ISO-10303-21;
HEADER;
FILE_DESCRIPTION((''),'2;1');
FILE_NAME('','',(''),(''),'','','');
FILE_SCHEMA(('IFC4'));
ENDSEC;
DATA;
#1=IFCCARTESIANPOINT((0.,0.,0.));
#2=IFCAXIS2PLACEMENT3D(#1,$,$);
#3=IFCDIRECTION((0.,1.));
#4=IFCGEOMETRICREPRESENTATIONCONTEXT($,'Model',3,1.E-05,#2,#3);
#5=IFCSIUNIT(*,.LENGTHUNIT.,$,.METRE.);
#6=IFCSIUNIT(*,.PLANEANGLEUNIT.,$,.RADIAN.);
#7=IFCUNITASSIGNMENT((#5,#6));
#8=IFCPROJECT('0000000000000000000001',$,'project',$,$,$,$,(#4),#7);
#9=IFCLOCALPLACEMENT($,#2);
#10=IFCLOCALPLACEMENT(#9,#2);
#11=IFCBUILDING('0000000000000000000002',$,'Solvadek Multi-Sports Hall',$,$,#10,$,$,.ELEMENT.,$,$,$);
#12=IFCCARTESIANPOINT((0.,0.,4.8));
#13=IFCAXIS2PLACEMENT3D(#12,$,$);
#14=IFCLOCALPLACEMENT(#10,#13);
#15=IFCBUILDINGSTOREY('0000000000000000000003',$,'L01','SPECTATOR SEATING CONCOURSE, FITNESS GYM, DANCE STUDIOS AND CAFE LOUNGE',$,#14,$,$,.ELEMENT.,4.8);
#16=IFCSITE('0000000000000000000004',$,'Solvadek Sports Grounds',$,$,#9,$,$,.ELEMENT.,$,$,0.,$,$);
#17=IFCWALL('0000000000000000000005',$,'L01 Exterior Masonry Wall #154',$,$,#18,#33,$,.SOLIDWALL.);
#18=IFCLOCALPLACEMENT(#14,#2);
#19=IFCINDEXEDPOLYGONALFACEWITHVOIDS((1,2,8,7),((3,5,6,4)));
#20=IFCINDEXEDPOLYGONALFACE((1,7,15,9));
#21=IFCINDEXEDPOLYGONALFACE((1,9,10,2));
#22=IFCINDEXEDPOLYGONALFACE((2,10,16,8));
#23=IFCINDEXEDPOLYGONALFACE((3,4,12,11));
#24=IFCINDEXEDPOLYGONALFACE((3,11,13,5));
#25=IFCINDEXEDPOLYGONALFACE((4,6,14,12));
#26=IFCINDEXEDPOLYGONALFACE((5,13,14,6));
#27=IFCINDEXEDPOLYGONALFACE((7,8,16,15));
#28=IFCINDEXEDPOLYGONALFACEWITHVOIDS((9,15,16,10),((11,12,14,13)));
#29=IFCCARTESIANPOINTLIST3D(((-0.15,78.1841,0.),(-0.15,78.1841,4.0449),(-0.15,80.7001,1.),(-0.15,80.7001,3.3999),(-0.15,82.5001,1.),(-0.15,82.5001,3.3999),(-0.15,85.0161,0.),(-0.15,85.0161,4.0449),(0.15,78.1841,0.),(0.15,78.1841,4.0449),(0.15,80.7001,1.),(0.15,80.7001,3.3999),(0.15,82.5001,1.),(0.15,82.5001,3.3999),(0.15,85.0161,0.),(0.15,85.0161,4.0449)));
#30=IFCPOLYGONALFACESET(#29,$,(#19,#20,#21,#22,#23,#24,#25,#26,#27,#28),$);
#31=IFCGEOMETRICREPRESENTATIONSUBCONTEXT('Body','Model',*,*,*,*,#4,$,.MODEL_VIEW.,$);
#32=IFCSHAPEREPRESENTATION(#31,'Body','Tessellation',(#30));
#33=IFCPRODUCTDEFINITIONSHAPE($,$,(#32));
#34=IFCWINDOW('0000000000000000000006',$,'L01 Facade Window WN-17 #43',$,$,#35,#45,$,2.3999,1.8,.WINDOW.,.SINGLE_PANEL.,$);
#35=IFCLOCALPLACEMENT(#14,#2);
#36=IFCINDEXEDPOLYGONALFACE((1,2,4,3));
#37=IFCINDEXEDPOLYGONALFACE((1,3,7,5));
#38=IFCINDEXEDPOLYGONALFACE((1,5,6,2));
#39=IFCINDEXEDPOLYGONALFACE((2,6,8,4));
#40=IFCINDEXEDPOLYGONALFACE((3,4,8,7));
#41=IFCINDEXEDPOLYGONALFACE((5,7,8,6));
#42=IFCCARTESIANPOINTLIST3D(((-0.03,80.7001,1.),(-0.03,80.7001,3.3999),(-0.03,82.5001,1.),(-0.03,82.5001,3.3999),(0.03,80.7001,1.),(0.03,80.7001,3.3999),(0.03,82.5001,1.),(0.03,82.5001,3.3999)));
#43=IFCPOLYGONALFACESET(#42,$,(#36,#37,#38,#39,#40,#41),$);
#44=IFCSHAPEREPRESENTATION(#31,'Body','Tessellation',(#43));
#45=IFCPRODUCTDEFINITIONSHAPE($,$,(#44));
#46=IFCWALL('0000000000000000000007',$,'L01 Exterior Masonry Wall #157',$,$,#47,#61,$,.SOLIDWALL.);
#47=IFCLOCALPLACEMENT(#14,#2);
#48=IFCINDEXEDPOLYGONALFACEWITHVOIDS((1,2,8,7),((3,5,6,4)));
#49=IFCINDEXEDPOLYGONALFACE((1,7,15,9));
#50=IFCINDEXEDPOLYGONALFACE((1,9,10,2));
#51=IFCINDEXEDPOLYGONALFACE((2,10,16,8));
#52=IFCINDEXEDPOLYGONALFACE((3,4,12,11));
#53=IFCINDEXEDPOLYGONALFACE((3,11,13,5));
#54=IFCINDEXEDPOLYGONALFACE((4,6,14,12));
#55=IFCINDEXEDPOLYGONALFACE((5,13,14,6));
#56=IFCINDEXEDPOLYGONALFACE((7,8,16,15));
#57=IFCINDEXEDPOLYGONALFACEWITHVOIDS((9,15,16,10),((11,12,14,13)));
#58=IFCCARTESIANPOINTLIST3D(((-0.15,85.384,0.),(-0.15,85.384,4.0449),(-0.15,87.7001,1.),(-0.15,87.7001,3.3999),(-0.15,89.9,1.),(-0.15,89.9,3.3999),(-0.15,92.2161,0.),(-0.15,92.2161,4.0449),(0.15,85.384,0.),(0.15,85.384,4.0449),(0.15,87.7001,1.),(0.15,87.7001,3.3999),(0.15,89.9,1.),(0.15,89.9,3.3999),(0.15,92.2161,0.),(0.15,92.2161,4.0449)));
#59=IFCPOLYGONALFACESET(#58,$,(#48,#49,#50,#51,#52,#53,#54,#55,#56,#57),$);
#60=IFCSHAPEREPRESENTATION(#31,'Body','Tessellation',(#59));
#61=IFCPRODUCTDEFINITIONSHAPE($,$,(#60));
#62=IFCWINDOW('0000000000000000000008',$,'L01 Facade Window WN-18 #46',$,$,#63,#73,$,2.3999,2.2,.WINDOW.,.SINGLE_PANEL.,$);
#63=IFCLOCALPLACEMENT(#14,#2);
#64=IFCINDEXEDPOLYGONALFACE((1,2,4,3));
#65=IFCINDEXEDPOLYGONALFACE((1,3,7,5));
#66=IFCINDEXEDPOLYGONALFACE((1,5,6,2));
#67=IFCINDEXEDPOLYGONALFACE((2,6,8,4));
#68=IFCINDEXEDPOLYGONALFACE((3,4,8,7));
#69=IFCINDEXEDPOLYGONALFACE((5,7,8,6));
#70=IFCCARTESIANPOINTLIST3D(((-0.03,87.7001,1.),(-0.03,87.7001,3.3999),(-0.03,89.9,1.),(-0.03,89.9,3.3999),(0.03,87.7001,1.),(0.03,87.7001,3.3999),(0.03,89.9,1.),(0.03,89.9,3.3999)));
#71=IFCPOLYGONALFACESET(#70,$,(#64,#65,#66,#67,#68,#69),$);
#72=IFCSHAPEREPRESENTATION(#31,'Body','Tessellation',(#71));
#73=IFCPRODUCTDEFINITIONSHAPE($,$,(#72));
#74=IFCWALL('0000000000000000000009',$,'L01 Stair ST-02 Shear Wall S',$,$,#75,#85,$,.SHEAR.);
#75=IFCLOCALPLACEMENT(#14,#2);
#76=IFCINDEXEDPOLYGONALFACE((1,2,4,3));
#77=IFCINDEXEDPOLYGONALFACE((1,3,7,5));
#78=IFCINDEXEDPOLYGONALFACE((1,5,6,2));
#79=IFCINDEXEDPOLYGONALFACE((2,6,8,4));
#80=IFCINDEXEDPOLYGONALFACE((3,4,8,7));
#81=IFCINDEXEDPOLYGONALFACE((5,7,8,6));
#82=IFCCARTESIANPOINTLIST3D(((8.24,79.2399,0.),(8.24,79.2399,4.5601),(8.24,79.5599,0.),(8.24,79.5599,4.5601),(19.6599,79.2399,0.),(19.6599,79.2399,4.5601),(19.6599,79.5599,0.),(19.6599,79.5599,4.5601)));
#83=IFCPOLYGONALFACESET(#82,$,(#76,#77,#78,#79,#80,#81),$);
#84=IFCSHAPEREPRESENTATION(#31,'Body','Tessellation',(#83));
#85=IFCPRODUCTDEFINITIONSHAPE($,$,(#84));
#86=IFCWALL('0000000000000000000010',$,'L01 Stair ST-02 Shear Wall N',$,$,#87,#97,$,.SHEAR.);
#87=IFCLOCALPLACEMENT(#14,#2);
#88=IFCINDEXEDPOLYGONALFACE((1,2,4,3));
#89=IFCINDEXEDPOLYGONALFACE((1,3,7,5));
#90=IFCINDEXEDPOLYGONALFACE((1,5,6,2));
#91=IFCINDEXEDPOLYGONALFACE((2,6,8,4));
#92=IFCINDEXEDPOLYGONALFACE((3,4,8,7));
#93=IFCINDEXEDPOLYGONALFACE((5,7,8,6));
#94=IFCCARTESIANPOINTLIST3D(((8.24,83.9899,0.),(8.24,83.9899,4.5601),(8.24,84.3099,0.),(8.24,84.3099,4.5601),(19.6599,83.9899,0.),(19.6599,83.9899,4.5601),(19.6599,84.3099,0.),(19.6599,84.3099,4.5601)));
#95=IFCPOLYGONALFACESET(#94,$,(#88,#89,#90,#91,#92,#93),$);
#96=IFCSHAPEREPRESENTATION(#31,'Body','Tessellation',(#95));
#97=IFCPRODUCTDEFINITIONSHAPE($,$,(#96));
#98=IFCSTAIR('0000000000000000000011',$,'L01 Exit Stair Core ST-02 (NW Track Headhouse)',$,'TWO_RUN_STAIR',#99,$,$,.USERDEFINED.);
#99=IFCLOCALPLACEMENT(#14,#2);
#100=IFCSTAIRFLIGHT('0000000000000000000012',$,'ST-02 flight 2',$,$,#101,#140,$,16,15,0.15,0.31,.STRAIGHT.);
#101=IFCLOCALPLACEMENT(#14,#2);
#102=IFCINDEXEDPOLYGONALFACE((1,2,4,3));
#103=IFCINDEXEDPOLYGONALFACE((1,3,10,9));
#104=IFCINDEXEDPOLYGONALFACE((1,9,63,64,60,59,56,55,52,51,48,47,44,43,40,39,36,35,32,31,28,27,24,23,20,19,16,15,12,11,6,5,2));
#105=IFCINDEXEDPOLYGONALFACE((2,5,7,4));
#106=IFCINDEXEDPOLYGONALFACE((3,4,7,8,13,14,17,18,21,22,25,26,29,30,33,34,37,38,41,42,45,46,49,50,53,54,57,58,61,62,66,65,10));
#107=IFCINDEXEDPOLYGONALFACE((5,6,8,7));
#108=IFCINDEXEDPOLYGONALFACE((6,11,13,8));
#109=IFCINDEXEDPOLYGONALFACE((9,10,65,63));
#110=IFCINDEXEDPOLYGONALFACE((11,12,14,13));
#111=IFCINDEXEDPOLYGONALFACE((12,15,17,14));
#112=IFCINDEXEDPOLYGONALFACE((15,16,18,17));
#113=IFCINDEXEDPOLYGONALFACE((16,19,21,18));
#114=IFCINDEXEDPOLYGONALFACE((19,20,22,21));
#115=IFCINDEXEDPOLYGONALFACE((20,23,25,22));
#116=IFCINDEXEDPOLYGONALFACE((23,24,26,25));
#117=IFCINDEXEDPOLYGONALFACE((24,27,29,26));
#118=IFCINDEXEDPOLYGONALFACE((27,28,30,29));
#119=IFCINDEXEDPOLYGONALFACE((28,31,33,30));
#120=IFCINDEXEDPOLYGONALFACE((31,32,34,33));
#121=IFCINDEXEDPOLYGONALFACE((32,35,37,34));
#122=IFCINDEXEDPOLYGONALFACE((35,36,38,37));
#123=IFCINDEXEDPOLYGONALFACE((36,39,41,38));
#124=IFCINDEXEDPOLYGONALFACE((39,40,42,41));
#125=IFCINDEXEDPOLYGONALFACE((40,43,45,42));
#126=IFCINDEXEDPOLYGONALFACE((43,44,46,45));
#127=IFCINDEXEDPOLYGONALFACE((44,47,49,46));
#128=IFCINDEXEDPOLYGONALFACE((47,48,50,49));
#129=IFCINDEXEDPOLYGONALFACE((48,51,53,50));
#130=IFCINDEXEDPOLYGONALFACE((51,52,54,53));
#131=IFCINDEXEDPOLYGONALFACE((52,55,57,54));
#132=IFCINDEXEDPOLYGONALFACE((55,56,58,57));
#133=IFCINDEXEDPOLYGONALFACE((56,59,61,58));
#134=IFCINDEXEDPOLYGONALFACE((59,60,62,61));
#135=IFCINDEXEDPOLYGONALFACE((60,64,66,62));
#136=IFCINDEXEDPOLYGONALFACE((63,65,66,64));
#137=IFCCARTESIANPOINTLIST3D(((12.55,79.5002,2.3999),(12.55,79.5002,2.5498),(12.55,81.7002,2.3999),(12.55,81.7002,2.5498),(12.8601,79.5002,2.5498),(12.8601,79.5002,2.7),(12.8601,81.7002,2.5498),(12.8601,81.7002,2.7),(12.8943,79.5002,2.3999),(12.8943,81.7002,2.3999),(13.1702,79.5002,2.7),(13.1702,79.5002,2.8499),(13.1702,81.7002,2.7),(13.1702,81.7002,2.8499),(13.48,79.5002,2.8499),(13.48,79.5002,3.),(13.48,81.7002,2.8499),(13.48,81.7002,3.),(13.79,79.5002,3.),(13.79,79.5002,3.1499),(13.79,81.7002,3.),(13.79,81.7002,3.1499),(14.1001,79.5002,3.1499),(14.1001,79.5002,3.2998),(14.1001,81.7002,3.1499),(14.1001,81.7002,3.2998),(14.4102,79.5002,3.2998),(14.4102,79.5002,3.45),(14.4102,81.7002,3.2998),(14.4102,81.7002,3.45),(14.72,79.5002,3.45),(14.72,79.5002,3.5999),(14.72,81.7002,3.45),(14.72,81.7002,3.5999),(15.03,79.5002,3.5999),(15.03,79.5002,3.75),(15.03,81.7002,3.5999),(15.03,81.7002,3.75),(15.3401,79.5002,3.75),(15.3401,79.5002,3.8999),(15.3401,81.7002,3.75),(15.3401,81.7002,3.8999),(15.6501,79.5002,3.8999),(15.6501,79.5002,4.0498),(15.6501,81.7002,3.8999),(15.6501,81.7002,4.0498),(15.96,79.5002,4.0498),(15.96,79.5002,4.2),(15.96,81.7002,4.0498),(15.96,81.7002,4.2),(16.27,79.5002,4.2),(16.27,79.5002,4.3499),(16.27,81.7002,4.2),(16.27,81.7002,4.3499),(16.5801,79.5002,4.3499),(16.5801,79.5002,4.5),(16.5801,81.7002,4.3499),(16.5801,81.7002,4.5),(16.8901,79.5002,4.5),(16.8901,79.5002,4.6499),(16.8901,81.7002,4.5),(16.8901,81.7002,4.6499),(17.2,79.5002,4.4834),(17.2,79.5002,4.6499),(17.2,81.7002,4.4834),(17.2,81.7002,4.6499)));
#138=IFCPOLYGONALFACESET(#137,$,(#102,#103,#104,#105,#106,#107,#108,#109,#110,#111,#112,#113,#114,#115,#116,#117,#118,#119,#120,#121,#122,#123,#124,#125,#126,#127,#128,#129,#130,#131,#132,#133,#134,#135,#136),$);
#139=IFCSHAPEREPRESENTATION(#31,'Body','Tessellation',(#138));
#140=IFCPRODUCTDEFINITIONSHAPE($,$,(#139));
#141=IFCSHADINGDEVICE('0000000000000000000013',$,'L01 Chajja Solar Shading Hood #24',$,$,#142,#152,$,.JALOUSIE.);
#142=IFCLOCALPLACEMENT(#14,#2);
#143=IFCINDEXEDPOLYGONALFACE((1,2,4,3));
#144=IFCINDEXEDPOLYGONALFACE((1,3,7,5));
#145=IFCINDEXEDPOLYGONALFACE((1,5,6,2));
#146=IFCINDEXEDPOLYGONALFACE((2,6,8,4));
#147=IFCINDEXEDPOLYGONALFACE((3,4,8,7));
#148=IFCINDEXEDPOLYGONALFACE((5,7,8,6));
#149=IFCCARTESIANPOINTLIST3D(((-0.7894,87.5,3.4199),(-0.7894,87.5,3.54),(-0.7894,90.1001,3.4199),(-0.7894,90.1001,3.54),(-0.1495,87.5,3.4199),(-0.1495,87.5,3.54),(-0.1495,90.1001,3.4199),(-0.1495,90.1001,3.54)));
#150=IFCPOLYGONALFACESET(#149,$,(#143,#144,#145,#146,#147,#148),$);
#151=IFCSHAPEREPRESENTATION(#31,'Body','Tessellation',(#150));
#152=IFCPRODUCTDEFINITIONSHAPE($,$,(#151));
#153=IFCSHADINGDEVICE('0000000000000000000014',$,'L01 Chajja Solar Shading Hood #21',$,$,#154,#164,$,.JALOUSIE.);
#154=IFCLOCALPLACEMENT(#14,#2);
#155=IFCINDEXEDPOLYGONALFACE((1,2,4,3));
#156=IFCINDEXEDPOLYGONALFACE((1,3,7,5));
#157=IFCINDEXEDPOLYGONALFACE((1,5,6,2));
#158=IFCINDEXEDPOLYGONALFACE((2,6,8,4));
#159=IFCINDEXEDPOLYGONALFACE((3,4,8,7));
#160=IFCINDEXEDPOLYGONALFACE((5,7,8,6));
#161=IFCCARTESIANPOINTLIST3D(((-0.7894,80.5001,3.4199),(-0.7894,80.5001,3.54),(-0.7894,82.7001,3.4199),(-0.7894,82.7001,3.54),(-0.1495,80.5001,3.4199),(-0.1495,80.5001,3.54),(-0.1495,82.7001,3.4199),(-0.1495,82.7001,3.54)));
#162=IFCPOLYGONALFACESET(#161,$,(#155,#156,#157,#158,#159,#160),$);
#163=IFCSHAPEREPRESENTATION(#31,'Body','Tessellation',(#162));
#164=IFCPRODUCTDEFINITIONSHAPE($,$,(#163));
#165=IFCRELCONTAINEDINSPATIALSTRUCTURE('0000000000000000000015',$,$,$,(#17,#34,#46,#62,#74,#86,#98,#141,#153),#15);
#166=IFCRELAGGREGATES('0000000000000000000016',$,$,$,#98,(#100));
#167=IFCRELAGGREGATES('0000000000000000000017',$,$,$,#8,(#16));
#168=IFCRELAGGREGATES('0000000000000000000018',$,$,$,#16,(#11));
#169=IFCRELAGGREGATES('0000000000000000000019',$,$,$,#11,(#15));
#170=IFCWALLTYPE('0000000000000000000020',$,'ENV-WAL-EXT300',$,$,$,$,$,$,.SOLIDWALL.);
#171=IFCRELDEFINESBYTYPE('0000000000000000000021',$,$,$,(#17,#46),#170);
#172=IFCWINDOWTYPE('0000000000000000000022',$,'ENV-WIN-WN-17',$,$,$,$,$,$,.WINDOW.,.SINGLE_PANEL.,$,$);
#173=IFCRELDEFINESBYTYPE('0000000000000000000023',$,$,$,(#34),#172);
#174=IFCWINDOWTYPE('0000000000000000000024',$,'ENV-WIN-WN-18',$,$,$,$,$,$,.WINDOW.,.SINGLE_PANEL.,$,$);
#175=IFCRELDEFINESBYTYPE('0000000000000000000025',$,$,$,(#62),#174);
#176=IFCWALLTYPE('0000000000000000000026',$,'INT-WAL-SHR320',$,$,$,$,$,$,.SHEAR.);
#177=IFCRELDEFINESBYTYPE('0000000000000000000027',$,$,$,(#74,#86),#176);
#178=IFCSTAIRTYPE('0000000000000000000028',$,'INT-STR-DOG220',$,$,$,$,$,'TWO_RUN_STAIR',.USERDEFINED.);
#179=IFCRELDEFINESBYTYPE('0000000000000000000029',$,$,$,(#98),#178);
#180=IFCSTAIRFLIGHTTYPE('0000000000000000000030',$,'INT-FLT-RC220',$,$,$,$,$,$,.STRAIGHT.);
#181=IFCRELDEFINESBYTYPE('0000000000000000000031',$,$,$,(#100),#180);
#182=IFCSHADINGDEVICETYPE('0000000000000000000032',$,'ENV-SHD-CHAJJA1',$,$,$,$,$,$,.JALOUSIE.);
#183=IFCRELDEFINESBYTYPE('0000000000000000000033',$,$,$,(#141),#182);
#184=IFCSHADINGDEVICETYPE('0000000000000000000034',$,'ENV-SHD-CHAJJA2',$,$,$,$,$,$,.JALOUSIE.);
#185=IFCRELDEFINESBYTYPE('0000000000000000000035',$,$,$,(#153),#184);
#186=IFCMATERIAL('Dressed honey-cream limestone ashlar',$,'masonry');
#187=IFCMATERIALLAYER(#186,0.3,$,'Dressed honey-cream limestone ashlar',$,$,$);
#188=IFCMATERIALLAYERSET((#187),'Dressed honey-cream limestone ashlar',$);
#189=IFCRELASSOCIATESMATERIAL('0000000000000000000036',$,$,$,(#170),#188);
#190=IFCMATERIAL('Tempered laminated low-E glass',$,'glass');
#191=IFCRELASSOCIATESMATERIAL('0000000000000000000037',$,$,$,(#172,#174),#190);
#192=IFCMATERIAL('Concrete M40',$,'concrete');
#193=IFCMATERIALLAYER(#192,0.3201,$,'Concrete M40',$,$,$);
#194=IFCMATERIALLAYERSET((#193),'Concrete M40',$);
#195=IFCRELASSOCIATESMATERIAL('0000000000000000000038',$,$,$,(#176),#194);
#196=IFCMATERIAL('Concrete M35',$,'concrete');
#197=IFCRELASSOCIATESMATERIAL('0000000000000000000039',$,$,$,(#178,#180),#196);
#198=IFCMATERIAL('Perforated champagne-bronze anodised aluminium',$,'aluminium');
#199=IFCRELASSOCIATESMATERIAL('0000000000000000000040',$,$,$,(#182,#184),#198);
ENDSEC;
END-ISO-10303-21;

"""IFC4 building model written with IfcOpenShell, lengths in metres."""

from ifc_helpers import new_model, si_unit, direction, frame, frame_2d, origin, origin_2d, place, context, subcontext, project, spatial, polyline, rectangle, outline, extrude, material, layer, layer_set, type_object, element, fill, aggregate, save


model = new_model("IFC4")

# Units and contexts
model_context = context("Model", 3, precision=1e-05, world=origin(), true_north=direction((0.0, 1.0)))
body_context = subcontext(model_context, "Body", "Model", "MODEL_VIEW")
ifc_project = project(units=[si_unit("LENGTHUNIT", "METRE"), si_unit("PLANEANGLEUNIT", "RADIAN")], contexts=[model_context])

# Site, building, storey
site_placement = place(None, origin())
site = spatial("IfcSite", under=ifc_project, at=site_placement, Name="Solvadek Sports Grounds", CompositionType="ELEMENT", RefElevation=0.0)
building_placement = place(site_placement, origin())
building = spatial("IfcBuilding", under=site, at=building_placement, Name="Solvadek Multi-Sports Hall", CompositionType="ELEMENT")
storey_placement = place(building_placement, frame((0.0, 0.0, 4.8)))
storey = spatial("IfcBuildingStorey", under=building, at=storey_placement, Name="L01", Description="SPECTATOR SEATING CONCOURSE, FITNESS GYM, DANCE STUDIOS AND CAFE LOUNGE", CompositionType="ELEMENT", Elevation=4.8)

# Walls, openings, windows
ifc_material_1 = material(Name="Dressed honey-cream limestone ashlar", Category="masonry")
ifc_layer_1 = layer(ifc_material_1, 0.3, Name="Dressed honey-cream limestone ashlar")
ifc_layer_set_1 = layer_set([ifc_layer_1], Name="Dressed honey-cream limestone ashlar")
wall_type_1 = type_object("IfcWallType", Name="ENV-WAL-EXT300", PredefinedType="SOLIDWALL", material=ifc_layer_set_1)
wall_1_placement = place(storey_placement, frame((0.0, 78.1841, 0.0), z_axis=(0.0, 0.0, 1.0), x_axis=(0.0, 1.0, 0.0)))
wall_1 = element("IfcWall", 1, at=wall_1_placement, inside=storey, type_object=wall_type_1, Name="L01 Exterior Masonry Wall #154", PredefinedType="SOLIDWALL", context=body_context, shape_type="SweptSolid", body=[
    extrude(rectangle(XDim=6.832, YDim=0.3, at=frame_2d((3.416, 0.0))), origin(), (0.0, 0.0, 1.0), 4.0449),
])
opening_1_placement = place(wall_1_placement, frame((2.5161, 0.0, 1.0)))
opening_1 = element("IfcOpeningElement", 2, at=opening_1_placement, cuts=wall_1, PredefinedType="OPENING", context=body_context, shape_type="SweptSolid", body=[
    extrude(rectangle(XDim=1.8, YDim=2.3999, at=frame_2d((0.8999, 1.2))), frame((0.0, 0.1599, 0.0), z_axis=(0.0, -1.0, 0.0), x_axis=(1.0, 0.0, 0.0)), (0.0, 0.0, 1.0), 0.3201),
])
ifc_material_2 = material(Name="Tempered laminated low-E glass", Category="glass")
window_type_1 = type_object("IfcWindowType", Name="ENV-WIN-WN-17", PartitioningType="SINGLE_PANEL", PredefinedType="WINDOW", material=ifc_material_2)
window_1_placement = place(opening_1_placement, origin())
window_1 = element("IfcWindow", 3, at=window_1_placement, inside=storey, type_object=window_type_1, Name="L01 Facade Window WN-17 #43", OverallHeight=2.3999, OverallWidth=1.8, PartitioningType="SINGLE_PANEL", PredefinedType="WINDOW", context=body_context, shape_type="SweptSolid", body=[
    extrude(rectangle(XDim=1.8, YDim=2.3999, at=frame_2d((0.8999, 1.2))), frame((0.0, 0.03, 0.0), z_axis=(0.0, -1.0, 0.0), x_axis=(1.0, 0.0, 0.0)), (0.0, 0.0, 1.0), 0.0601),
])
fill(opening_1, window_1)
wall_2_placement = place(storey_placement, frame((0.0, 85.384, 0.0), z_axis=(0.0, 0.0, 1.0), x_axis=(0.0, 1.0, 0.0)))
wall_2 = element("IfcWall", 4, at=wall_2_placement, inside=storey, type_object=wall_type_1, Name="L01 Exterior Masonry Wall #157", PredefinedType="SOLIDWALL", context=body_context, shape_type="SweptSolid", body=[
    extrude(rectangle(XDim=6.832, YDim=0.3, at=frame_2d((3.416, 0.0))), origin(), (0.0, 0.0, 1.0), 4.0449),
])
opening_2_placement = place(wall_2_placement, frame((2.3159, 0.0, 1.0)))
opening_2 = element("IfcOpeningElement", 5, at=opening_2_placement, cuts=wall_2, PredefinedType="OPENING", context=body_context, shape_type="SweptSolid", body=[
    extrude(rectangle(XDim=2.2, YDim=2.3999, at=frame_2d((1.1001, 1.2))), frame((0.0, 0.1599, 0.0), z_axis=(0.0, -1.0, 0.0), x_axis=(1.0, 0.0, 0.0)), (0.0, 0.0, 1.0), 0.3201),
])
window_type_2 = type_object("IfcWindowType", Name="ENV-WIN-WN-18", PartitioningType="SINGLE_PANEL", PredefinedType="WINDOW", material=ifc_material_2)
window_2_placement = place(opening_2_placement, origin())
window_2 = element("IfcWindow", 6, at=window_2_placement, inside=storey, type_object=window_type_2, Name="L01 Facade Window WN-18 #46", OverallHeight=2.3999, OverallWidth=2.2, PartitioningType="SINGLE_PANEL", PredefinedType="WINDOW", context=body_context, shape_type="SweptSolid", body=[
    extrude(rectangle(XDim=2.2, YDim=2.3999, at=frame_2d((1.1001, 1.2))), frame((0.0, 0.03, 0.0), z_axis=(0.0, -1.0, 0.0), x_axis=(1.0, 0.0, 0.0)), (0.0, 0.0, 1.0), 0.0601),
])
fill(opening_2, window_2)

# Walls
ifc_material_3 = material(Name="Concrete M40", Category="concrete")
ifc_layer_2 = layer(ifc_material_3, 0.3201, Name="Concrete M40")
ifc_layer_set_2 = layer_set([ifc_layer_2], Name="Concrete M40")
wall_type_2 = type_object("IfcWallType", Name="INT-WAL-SHR320", PredefinedType="SHEAR", material=ifc_layer_set_2)
for number, where, z_axis, x_axis, name in (
    (7, (8.24, 79.3999, 0.0), (0.0, 0.0, 1.0), (1.0, 0.0, 0.0), "L01 Stair ST-02 Shear Wall S"),
    (8, (8.24, 84.1499, 0.0), (0.0, 0.0, 1.0), (1.0, 0.0, 0.0), "L01 Stair ST-02 Shear Wall N"),
):
    element("IfcWall", number, at=place(storey_placement, frame(where, z_axis=z_axis, x_axis=x_axis)), inside=storey, type_object=wall_type_2, Name=name, PredefinedType="SHEAR", context=body_context, shape_type="SweptSolid", body=[
        extrude(rectangle(XDim=11.4199, YDim=0.3201, at=frame_2d((5.71, 0.0))), origin(), (0.0, 0.0, 1.0), 4.5601),
    ])

# Stair, stair flight
ifc_material_4 = material(Name="Concrete M35", Category="concrete")
stair_type = type_object("IfcStairType", Name="INT-STR-DOG220", ElementType="TWO_RUN_STAIR", PredefinedType="USERDEFINED", material=ifc_material_4)
stair_placement = place(storey_placement, origin())
stair = element("IfcStair", 9, at=stair_placement, inside=storey, type_object=stair_type, Name="L01 Exit Stair Core ST-02 (NW Track Headhouse)", ObjectType="TWO_RUN_STAIR", PredefinedType="USERDEFINED")
stair_flight_type = type_object("IfcStairFlightType", Name="INT-FLT-RC220", PredefinedType="STRAIGHT", material=ifc_material_4)
stair_flight_placement = place(storey_placement, frame((12.55, 80.6001, 2.3999), z_axis=(0.0, 0.0, 1.0), x_axis=(1.0, 0.0, 0.0)))
stair_flight = element("IfcStairFlight", 10, at=stair_flight_placement, type_object=stair_flight_type, Name="ST-02 flight 2", NumberOfRisers=16, NumberOfTreads=15, PredefinedType="STRAIGHT", RiserHeight=0.15, TreadLength=0.31, context=body_context, shape_type="SweptSolid", body=[
    extrude(outline(polyline([(0.0, 0.0), (0.0, 0.1499), (0.3101, 0.1499), (0.3101, 0.3), (0.6201, 0.3), (0.6201, 0.45), (0.9299, 0.45), (0.9299, 0.6001), (1.24, 0.6001), (1.24, 0.75), (1.55, 0.75), (1.55, 0.8999), (1.8601, 0.8999), (1.8601, 1.05), (2.1699, 1.05), (2.1699, 1.2), (2.48, 1.2), (2.48, 1.3501), (2.79, 1.3501), (2.79, 1.5), (3.1001, 1.5), (3.1001, 1.6499), (3.4099, 1.6499), (3.4099, 1.8), (3.72, 1.8), (3.72, 1.95), (4.03, 1.95), (4.03, 2.1001), (4.3401, 2.1001), (4.3401, 2.25), (4.6499, 2.25), (4.6499, 2.3999), (4.6499, 2.0835), (0.3442, 0.0), (0.0, 0.0)])), frame((0.0, 1.1001, 0.0), z_axis=(0.0, -1.0, 0.0), x_axis=(1.0, 0.0, 0.0)), (0.0, 0.0, 1.0), 2.2),
])
aggregate(stair, [stair_flight])

# Shading devices
ifc_material_5 = material(Name="Perforated champagne-bronze anodised aluminium", Category="aluminium")
shading_device_type_1 = type_object("IfcShadingDeviceType", Name="ENV-SHD-CHAJJA1", PredefinedType="JALOUSIE", material=ifc_material_5)
shading_device_1_placement = place(storey_placement, frame((-0.4695, 88.8, 3.4199), z_axis=(0.0, 0.0, 1.0), x_axis=(0.0, 1.0, 0.0)))
element("IfcShadingDevice", 11, at=shading_device_1_placement, inside=storey, type_object=shading_device_type_1, Name="L01 Chajja Solar Shading Hood #24", PredefinedType="JALOUSIE", context=body_context, shape_type="SweptSolid", body=[
    extrude(rectangle(XDim=2.6001, YDim=0.6399, at=origin_2d()), origin(), (0.0, 0.0, 1.0), 0.1201),
])
shading_device_type_2 = type_object("IfcShadingDeviceType", Name="ENV-SHD-CHAJJA2", PredefinedType="JALOUSIE", material=ifc_material_5)
shading_device_2_placement = place(storey_placement, frame((-0.4695, 81.6001, 3.4199), z_axis=(0.0, 0.0, 1.0), x_axis=(0.0, 1.0, 0.0)))
element("IfcShadingDevice", 12, at=shading_device_2_placement, inside=storey, type_object=shading_device_type_2, Name="L01 Chajja Solar Shading Hood #21", PredefinedType="JALOUSIE", context=body_context, shape_type="SweptSolid", body=[
    extrude(rectangle(XDim=2.2, YDim=0.6399, at=origin_2d()), origin(), (0.0, 0.0, 1.0), 0.1201),
])

save(model, "model.ifc")
